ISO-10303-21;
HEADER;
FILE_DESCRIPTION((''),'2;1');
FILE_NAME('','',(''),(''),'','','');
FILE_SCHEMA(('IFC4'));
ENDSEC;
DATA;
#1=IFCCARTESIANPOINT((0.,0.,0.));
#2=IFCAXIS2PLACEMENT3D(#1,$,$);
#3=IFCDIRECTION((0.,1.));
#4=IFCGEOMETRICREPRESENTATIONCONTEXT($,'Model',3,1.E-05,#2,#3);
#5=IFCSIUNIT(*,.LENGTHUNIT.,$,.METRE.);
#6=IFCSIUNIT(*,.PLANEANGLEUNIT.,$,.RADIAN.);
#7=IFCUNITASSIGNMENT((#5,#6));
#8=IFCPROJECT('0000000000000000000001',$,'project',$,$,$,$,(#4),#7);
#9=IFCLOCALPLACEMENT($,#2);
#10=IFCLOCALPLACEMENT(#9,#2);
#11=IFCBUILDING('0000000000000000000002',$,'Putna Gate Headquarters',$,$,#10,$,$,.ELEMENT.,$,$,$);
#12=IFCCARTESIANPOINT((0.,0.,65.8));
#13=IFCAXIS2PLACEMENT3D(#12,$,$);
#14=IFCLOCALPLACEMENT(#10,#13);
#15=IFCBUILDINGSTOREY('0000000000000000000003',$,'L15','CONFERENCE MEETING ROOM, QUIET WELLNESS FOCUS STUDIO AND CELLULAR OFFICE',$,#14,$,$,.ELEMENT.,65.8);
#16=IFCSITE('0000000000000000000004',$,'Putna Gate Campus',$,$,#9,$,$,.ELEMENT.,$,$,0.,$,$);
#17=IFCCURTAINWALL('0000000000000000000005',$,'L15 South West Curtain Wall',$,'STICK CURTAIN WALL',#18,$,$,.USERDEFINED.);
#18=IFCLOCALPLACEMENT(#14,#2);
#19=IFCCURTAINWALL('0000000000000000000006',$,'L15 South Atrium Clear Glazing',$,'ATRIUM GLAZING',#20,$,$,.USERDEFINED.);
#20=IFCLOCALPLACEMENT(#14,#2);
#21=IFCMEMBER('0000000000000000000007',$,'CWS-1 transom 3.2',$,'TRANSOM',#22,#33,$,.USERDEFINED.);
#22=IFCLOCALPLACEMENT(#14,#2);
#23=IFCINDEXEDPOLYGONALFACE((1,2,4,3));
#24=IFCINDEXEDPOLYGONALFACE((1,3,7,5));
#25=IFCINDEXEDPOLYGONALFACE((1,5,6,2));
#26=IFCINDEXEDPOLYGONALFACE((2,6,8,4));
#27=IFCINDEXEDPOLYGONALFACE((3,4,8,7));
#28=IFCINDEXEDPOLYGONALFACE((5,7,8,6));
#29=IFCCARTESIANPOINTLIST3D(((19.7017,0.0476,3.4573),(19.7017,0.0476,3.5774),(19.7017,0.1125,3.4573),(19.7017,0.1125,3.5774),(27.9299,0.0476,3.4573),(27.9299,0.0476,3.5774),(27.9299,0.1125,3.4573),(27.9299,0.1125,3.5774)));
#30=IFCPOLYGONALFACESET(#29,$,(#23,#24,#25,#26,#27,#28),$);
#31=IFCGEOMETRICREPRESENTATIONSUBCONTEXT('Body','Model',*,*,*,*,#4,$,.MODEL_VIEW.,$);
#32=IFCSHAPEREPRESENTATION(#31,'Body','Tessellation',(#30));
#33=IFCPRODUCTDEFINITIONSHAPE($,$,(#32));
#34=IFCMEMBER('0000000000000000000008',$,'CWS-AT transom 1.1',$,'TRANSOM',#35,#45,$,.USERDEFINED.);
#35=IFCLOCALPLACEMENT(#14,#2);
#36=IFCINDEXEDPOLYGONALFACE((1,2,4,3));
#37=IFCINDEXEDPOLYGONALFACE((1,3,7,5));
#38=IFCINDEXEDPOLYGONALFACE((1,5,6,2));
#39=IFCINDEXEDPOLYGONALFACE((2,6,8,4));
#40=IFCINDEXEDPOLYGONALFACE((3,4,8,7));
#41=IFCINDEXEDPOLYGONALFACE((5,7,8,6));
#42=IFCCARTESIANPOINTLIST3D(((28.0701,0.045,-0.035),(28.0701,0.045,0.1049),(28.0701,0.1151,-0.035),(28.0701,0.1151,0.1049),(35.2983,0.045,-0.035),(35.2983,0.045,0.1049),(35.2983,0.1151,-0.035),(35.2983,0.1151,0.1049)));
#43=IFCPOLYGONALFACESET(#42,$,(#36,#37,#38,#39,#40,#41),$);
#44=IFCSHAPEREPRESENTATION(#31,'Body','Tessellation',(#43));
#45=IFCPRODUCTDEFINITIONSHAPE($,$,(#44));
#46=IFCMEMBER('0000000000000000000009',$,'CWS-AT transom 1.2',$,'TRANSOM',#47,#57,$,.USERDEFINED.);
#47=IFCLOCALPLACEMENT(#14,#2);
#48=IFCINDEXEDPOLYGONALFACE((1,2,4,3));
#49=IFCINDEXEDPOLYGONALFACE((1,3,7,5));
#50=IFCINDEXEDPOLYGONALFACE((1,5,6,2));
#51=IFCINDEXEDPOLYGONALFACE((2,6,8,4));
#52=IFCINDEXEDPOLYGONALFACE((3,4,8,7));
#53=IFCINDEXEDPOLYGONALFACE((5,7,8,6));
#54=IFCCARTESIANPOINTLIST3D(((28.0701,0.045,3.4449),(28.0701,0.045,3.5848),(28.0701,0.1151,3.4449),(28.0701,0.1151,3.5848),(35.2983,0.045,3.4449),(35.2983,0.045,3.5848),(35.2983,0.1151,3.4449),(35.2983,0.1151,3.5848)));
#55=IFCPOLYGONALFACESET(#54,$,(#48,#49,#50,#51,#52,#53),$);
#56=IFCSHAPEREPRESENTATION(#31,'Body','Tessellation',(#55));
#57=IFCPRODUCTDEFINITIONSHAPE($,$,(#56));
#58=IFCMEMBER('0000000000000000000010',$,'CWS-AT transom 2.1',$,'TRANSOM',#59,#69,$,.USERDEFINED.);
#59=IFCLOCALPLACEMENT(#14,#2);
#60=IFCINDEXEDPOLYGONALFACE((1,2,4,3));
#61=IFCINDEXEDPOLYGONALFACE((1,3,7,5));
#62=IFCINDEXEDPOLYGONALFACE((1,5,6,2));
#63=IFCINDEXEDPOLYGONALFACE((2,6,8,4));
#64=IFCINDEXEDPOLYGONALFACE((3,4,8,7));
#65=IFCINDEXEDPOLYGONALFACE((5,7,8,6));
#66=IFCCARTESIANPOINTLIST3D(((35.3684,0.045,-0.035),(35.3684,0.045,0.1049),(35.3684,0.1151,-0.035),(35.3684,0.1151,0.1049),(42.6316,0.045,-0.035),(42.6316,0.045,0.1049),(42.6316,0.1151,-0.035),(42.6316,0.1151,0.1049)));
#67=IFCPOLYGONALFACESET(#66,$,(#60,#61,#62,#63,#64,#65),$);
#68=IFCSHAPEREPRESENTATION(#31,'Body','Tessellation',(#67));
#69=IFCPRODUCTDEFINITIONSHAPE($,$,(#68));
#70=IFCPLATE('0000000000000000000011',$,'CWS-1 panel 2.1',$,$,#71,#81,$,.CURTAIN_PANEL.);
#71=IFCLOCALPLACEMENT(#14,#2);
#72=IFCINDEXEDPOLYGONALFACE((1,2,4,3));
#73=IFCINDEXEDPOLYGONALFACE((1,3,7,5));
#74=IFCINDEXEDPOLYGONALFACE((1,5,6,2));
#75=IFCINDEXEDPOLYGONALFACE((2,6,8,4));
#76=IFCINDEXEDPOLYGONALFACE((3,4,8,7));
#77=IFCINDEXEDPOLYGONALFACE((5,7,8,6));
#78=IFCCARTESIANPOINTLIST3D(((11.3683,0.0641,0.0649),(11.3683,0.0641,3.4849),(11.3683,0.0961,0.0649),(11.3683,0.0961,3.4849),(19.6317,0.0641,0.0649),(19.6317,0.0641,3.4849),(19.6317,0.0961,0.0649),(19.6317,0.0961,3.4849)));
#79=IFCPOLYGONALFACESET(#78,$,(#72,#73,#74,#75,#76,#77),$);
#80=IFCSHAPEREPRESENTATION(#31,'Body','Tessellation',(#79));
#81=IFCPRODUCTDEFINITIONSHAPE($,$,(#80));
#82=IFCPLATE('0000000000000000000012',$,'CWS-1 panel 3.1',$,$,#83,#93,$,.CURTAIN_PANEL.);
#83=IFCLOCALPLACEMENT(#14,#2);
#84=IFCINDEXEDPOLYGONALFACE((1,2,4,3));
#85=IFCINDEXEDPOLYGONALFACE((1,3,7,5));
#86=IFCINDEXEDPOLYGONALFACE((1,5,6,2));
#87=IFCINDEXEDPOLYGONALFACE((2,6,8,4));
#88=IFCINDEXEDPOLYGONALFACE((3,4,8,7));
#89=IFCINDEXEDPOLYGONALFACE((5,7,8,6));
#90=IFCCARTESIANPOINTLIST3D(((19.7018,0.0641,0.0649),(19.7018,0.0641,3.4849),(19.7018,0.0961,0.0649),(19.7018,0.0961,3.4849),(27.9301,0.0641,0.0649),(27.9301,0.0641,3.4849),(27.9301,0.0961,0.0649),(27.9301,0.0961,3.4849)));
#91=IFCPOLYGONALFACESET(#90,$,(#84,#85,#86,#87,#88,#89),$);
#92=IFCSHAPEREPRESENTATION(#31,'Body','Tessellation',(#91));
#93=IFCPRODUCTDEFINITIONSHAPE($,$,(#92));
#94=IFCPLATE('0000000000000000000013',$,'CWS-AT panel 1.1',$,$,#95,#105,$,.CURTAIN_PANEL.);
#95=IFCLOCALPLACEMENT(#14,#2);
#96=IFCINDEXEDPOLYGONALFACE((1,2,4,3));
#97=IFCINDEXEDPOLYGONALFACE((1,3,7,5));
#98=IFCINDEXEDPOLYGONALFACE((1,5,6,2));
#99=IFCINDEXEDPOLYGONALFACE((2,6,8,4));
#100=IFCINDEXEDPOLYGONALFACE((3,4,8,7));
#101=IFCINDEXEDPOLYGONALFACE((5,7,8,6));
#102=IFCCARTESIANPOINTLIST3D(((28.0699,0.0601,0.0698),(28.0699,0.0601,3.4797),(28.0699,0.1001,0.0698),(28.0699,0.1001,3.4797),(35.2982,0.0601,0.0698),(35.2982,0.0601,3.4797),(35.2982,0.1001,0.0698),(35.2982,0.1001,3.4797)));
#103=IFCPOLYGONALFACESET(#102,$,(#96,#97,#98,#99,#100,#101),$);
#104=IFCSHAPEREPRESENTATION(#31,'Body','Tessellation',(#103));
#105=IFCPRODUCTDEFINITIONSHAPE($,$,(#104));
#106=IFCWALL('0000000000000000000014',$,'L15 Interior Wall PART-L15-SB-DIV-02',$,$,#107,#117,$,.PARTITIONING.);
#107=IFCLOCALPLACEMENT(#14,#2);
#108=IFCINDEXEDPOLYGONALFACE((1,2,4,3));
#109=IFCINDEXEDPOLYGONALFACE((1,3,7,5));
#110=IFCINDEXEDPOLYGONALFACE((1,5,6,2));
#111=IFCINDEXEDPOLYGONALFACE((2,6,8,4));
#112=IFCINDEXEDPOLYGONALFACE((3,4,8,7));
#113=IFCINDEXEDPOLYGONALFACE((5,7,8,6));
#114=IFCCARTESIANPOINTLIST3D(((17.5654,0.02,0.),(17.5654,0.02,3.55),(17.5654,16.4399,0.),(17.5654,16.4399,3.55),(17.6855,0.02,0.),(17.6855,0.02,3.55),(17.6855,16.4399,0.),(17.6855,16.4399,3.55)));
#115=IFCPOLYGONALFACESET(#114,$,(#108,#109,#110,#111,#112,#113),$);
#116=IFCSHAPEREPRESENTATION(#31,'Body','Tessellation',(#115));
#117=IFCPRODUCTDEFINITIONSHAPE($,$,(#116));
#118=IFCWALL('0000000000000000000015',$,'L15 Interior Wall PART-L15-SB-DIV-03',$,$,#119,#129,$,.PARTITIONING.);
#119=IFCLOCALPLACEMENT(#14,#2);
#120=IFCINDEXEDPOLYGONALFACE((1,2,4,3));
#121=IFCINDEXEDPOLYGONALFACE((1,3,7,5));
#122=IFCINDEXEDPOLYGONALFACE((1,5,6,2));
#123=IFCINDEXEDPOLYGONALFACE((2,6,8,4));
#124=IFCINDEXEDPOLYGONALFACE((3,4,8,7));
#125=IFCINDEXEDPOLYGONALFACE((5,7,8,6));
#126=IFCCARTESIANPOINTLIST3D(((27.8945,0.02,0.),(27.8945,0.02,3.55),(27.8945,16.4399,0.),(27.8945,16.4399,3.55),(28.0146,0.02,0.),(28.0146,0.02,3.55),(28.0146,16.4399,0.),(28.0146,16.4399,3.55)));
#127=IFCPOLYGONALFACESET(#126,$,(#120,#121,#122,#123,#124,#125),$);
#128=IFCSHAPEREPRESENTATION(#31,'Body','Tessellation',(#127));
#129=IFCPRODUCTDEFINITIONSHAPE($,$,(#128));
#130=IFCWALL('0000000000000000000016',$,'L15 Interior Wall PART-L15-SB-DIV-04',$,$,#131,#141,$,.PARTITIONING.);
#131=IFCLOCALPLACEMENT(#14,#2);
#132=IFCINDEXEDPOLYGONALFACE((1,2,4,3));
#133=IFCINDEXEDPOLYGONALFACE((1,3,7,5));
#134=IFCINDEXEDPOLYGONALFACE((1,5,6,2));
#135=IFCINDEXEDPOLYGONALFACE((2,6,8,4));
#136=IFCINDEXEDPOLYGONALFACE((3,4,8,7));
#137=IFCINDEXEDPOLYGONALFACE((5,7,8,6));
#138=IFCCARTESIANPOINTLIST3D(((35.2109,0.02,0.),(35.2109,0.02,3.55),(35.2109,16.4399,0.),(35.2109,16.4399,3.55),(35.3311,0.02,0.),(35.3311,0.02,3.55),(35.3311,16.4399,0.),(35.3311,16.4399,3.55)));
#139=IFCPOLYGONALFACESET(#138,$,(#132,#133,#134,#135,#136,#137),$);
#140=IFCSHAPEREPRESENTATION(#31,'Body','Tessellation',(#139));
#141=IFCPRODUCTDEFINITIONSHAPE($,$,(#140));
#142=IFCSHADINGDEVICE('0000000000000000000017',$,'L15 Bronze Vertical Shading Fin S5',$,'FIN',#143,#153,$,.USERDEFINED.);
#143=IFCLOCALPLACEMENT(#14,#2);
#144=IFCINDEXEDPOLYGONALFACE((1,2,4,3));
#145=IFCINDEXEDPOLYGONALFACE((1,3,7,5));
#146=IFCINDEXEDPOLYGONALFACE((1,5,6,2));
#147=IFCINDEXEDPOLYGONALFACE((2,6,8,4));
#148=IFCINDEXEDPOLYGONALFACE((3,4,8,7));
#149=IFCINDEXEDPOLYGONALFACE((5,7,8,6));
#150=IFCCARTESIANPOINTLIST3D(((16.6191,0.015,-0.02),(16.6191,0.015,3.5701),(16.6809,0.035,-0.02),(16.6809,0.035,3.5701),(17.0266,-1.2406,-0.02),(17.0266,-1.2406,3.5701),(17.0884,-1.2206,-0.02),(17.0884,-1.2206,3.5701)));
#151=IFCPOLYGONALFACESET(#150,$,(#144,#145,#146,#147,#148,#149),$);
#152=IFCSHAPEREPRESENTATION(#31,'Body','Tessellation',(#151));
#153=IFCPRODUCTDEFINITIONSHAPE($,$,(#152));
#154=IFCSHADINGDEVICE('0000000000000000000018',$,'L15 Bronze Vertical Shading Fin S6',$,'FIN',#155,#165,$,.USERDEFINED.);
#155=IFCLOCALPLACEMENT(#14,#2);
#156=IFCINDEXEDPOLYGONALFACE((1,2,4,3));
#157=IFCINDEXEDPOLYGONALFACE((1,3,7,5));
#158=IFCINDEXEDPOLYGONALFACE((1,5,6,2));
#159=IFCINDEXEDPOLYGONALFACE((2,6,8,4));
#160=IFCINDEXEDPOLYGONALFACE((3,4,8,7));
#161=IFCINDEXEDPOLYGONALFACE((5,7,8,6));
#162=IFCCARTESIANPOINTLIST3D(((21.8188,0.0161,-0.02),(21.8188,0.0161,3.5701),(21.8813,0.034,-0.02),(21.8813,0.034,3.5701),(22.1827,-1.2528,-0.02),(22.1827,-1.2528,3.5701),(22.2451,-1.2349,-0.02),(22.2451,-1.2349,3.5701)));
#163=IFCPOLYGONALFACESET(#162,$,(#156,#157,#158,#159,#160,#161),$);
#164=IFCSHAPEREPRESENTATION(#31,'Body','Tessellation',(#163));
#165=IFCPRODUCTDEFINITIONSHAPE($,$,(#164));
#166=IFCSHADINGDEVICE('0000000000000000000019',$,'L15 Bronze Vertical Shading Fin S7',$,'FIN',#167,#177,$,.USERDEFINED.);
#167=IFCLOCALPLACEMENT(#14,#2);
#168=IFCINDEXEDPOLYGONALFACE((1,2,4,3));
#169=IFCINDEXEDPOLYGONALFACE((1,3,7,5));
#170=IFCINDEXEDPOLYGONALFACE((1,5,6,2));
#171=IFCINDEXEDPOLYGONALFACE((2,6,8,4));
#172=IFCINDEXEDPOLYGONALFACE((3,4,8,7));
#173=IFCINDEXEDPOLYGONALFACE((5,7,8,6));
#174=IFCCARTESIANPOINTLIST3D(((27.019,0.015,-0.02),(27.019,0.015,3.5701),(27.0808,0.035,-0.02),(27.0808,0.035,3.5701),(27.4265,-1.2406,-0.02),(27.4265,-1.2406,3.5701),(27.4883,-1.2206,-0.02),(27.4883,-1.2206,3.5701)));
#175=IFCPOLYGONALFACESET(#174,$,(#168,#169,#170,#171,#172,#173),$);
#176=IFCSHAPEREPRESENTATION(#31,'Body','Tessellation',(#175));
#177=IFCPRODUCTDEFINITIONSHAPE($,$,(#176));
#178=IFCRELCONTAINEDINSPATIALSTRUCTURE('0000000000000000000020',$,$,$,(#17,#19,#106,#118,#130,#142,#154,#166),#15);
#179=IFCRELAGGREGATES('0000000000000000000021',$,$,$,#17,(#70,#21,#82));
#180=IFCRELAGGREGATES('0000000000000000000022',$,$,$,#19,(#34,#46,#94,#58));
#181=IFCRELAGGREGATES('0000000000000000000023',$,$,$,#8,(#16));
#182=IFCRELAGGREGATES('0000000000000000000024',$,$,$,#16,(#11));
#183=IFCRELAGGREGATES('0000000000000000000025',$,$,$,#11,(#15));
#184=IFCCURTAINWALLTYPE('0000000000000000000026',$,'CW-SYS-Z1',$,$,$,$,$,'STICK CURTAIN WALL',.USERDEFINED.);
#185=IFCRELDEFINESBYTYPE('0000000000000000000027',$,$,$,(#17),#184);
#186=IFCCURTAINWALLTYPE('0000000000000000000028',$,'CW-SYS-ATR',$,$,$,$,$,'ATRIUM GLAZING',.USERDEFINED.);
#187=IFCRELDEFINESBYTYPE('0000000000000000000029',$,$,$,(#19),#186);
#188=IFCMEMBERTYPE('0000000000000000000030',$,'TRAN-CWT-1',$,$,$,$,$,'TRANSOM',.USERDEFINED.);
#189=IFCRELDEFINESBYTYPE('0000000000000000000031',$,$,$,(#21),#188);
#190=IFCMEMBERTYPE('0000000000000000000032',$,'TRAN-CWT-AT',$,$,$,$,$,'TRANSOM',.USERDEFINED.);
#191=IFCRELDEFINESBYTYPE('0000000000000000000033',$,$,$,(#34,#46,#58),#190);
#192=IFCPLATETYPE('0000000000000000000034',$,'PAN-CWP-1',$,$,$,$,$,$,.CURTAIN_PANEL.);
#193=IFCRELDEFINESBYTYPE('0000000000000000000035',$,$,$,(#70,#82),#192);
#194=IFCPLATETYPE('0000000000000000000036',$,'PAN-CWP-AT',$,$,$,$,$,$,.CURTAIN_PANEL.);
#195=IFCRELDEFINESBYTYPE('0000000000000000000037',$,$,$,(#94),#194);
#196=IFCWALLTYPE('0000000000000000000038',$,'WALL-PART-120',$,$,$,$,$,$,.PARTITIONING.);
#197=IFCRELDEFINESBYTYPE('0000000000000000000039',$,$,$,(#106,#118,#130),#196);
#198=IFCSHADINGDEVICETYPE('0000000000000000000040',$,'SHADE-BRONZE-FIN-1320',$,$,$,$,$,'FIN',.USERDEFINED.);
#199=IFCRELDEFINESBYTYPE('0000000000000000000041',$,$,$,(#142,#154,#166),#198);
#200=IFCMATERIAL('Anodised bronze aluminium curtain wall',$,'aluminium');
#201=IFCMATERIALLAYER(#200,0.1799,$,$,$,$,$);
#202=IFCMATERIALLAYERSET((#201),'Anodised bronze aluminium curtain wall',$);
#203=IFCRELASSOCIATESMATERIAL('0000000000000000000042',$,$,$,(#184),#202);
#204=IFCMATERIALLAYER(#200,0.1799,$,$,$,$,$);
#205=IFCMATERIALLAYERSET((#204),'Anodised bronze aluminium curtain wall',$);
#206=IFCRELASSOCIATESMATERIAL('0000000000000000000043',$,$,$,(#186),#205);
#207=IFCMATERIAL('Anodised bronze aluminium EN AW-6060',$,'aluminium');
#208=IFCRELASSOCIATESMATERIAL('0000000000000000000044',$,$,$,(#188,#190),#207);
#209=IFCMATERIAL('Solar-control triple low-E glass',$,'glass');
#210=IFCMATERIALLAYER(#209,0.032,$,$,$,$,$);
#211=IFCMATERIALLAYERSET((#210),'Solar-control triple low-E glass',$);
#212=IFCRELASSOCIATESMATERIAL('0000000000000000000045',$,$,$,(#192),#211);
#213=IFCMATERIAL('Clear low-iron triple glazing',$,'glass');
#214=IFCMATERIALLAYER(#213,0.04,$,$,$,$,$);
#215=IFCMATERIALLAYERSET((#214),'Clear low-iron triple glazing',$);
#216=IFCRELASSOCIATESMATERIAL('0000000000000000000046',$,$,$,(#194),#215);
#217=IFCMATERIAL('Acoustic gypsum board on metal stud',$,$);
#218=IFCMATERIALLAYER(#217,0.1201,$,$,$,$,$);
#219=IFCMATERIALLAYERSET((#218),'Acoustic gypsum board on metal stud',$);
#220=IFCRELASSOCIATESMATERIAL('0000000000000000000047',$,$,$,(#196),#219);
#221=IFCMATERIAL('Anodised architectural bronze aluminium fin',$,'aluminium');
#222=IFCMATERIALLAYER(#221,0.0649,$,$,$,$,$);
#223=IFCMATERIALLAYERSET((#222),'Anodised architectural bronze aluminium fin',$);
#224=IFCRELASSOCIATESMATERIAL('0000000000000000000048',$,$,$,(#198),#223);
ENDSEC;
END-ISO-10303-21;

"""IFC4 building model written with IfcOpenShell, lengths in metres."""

from ifc_helpers import new_model, si_unit, direction, frame, frame_2d, origin, origin_2d, place, context, subcontext, project, spatial, rectangle, extrude, material, layer, layer_set, material_profile, profile_set, type_object, element, aggregate, save


model = new_model("IFC4")

# Units and contexts
model_context = context("Model", 3, precision=1e-05, world=origin(), true_north=direction((0.0, 1.0)))
body_context = subcontext(model_context, "Body", "Model", "MODEL_VIEW")
ifc_project = project(units=[si_unit("LENGTHUNIT", "METRE"), si_unit("PLANEANGLEUNIT", "RADIAN")], contexts=[model_context])

# Site, building, storey
site_placement = place(None, origin())
site = spatial("IfcSite", under=ifc_project, at=site_placement, Name="Putna Gate Campus", CompositionType="ELEMENT", RefElevation=0.0)
building_placement = place(site_placement, origin())
building = spatial("IfcBuilding", under=site, at=building_placement, Name="Putna Gate Headquarters", CompositionType="ELEMENT")
storey_placement = place(building_placement, frame((0.0, 0.0, 65.8)))
storey = spatial("IfcBuildingStorey", under=building, at=storey_placement, Name="L15", Description="CONFERENCE MEETING ROOM, QUIET WELLNESS FOCUS STUDIO AND CELLULAR OFFICE", CompositionType="ELEMENT", Elevation=65.8)

# Curtain walls
ifc_material_1 = material(Name="Anodised bronze aluminium curtain wall", Category="aluminium")
ifc_layer_1 = layer(ifc_material_1, 0.1799)
ifc_layer_set_1 = layer_set([ifc_layer_1], Name="Anodised bronze aluminium curtain wall")
curtain_wall_type_1 = type_object("IfcCurtainWallType", Name="CW-SYS-Z1", ElementType="STICK CURTAIN WALL", PredefinedType="USERDEFINED", material=ifc_layer_set_1)
curtain_wall_1_placement = place(storey_placement, origin())
curtain_wall_1 = element("IfcCurtainWall", 1, at=curtain_wall_1_placement, inside=storey, type_object=curtain_wall_type_1, Name="L15 South West Curtain Wall", ObjectType="STICK CURTAIN WALL", PredefinedType="USERDEFINED")
ifc_material_2 = material(Name="Anodised bronze aluminium EN AW-6060", Category="aluminium")
ifc_layer_2 = layer(ifc_material_1, 0.1799)
ifc_layer_set_2 = layer_set([ifc_layer_2], Name="Anodised bronze aluminium curtain wall")
curtain_wall_type_2 = type_object("IfcCurtainWallType", Name="CW-SYS-ATR", ElementType="ATRIUM GLAZING", PredefinedType="USERDEFINED", material=ifc_layer_set_2)
curtain_wall_2_placement = place(storey_placement, origin())
curtain_wall_2 = element("IfcCurtainWall", 2, at=curtain_wall_2_placement, inside=storey, type_object=curtain_wall_type_2, Name="L15 South Atrium Clear Glazing", ObjectType="ATRIUM GLAZING", PredefinedType="USERDEFINED")

# Members
ifc_material_profile_1 = material_profile(ifc_material_2, rectangle(XDim=0.0649, YDim=0.1201, at=origin_2d()), Name="Anodised bronze aluminium EN AW-6060")
ifc_profile_set_1 = profile_set([ifc_material_profile_1], Name="Anodised bronze aluminium EN AW-6060")
member_type_1 = type_object("IfcMemberType", Name="TRAN-CWT-1", ElementType="TRANSOM", PredefinedType="USERDEFINED", material=ifc_profile_set_1)
member_1_placement = place(storey_placement, frame((19.7017, 0.0801, 3.5173), z_axis=(1.0, 0.0, 0.0), x_axis=(0.0, 1.0, 0.0)))
member_1 = element("IfcMember", 3, at=member_1_placement, type_object=member_type_1, Name="CWS-1 transom 3.2", ObjectType="TRANSOM", PredefinedType="USERDEFINED", context=body_context, shape_type="SweptSolid", body=[
    extrude(rectangle(XDim=0.0649, YDim=0.1201, at=origin_2d()), origin(), (0.0, 0.0, 1.0), 8.2283),
])
ifc_material_profile_2 = material_profile(ifc_material_2, rectangle(XDim=0.0701, YDim=0.1399, at=origin_2d()), Name="Anodised bronze aluminium EN AW-6060")
ifc_profile_set_2 = profile_set([ifc_material_profile_2], Name="Anodised bronze aluminium EN AW-6060")
member_type_2 = type_object("IfcMemberType", Name="TRAN-CWT-AT", ElementType="TRANSOM", PredefinedType="USERDEFINED", material=ifc_profile_set_2)
member_2_placement = place(storey_placement, frame((28.0701, 0.0801, 0.0349), z_axis=(1.0, 0.0, 0.0), x_axis=(0.0, 1.0, 0.0)))
member_2 = element("IfcMember", 4, at=member_2_placement, type_object=member_type_2, Name="CWS-AT transom 1.1", ObjectType="TRANSOM", PredefinedType="USERDEFINED", context=body_context, shape_type="SweptSolid", body=[
    extrude(rectangle(XDim=0.0701, YDim=0.1399, at=origin_2d()), origin(), (0.0, 0.0, 1.0), 7.2283),
])
member_3_placement = place(storey_placement, frame((28.0701, 0.0801, 3.5149), z_axis=(1.0, 0.0, 0.0), x_axis=(0.0, 1.0, 0.0)))
member_3 = element("IfcMember", 5, at=member_3_placement, type_object=member_type_2, Name="CWS-AT transom 1.2", ObjectType="TRANSOM", PredefinedType="USERDEFINED", context=body_context, shape_type="SweptSolid", body=[
    extrude(rectangle(XDim=0.0701, YDim=0.1399, at=origin_2d()), origin(), (0.0, 0.0, 1.0), 7.2283),
])
member_4_placement = place(storey_placement, frame((35.3684, 0.0801, 0.0349), z_axis=(1.0, 0.0, 0.0), x_axis=(0.0, 1.0, 0.0)))
member_4 = element("IfcMember", 6, at=member_4_placement, type_object=member_type_2, Name="CWS-AT transom 2.1", ObjectType="TRANSOM", PredefinedType="USERDEFINED", context=body_context, shape_type="SweptSolid", body=[
    extrude(rectangle(XDim=0.0701, YDim=0.1399, at=origin_2d()), origin(), (0.0, 0.0, 1.0), 7.2632),
])

# Plates
ifc_material_3 = material(Name="Solar-control triple low-E glass", Category="glass")
ifc_layer_3 = layer(ifc_material_3, 0.032)
ifc_layer_set_3 = layer_set([ifc_layer_3], Name="Solar-control triple low-E glass")
plate_type_1 = type_object("IfcPlateType", Name="PAN-CWP-1", PredefinedType="CURTAIN_PANEL", material=ifc_layer_set_3)
plate_1_placement = place(storey_placement, frame((15.5, 0.0801, 0.0649), z_axis=(0.0, 0.0, 1.0), x_axis=(1.0, 0.0, 0.0)))
plate_1 = element("IfcPlate", 7, at=plate_1_placement, type_object=plate_type_1, Name="CWS-1 panel 2.1", PredefinedType="CURTAIN_PANEL", context=body_context, shape_type="SweptSolid", body=[
    extrude(rectangle(XDim=8.2634, YDim=0.032, at=origin_2d()), origin(), (0.0, 0.0, 1.0), 3.4199),
])
plate_2_placement = place(storey_placement, frame((23.8159, 0.0801, 0.0649), z_axis=(0.0, 0.0, 1.0), x_axis=(1.0, 0.0, 0.0)))
plate_2 = element("IfcPlate", 8, at=plate_2_placement, type_object=plate_type_1, Name="CWS-1 panel 3.1", PredefinedType="CURTAIN_PANEL", context=body_context, shape_type="SweptSolid", body=[
    extrude(rectangle(XDim=8.2283, YDim=0.032, at=origin_2d()), origin(), (0.0, 0.0, 1.0), 3.4199),
])
aggregate(curtain_wall_1, [plate_1, member_1, plate_2])
ifc_material_4 = material(Name="Clear low-iron triple glazing", Category="glass")
ifc_layer_4 = layer(ifc_material_4, 0.04)
ifc_layer_set_4 = layer_set([ifc_layer_4], Name="Clear low-iron triple glazing")
plate_type_2 = type_object("IfcPlateType", Name="PAN-CWP-AT", PredefinedType="CURTAIN_PANEL", material=ifc_layer_set_4)
plate_3_placement = place(storey_placement, frame((31.6841, 0.0801, 0.0698), z_axis=(0.0, 0.0, 1.0), x_axis=(1.0, 0.0, 0.0)))
plate_3 = element("IfcPlate", 9, at=plate_3_placement, type_object=plate_type_2, Name="CWS-AT panel 1.1", PredefinedType="CURTAIN_PANEL", context=body_context, shape_type="SweptSolid", body=[
    extrude(rectangle(XDim=7.2283, YDim=0.04, at=origin_2d()), origin(), (0.0, 0.0, 1.0), 3.4099),
])
aggregate(curtain_wall_2, [member_2, member_3, plate_3, member_4])

# Walls
ifc_material_5 = material(Name="Acoustic gypsum board on metal stud")
ifc_layer_5 = layer(ifc_material_5, 0.1201)
ifc_layer_set_5 = layer_set([ifc_layer_5], Name="Acoustic gypsum board on metal stud")
wall_type = type_object("IfcWallType", Name="WALL-PART-120", PredefinedType="PARTITIONING", material=ifc_layer_set_5)
for number, where, z_axis, x_axis, name in (
    (10, (17.6255, 0.02, 0.0), (0.0, 0.0, 1.0), (0.0, 1.0, 0.0), "L15 Interior Wall PART-L15-SB-DIV-02"),
    (11, (27.9546, 0.02, 0.0), (0.0, 0.0, 1.0), (0.0, 1.0, 0.0), "L15 Interior Wall PART-L15-SB-DIV-03"),
    (12, (35.271, 0.02, 0.0), (0.0, 0.0, 1.0), (0.0, 1.0, 0.0), "L15 Interior Wall PART-L15-SB-DIV-04"),
):
    element("IfcWall", number, at=place(storey_placement, frame(where, z_axis=z_axis, x_axis=x_axis)), inside=storey, type_object=wall_type, Name=name, PredefinedType="PARTITIONING", context=body_context, shape_type="SweptSolid", body=[
        extrude(rectangle(XDim=16.4199, YDim=0.1201, at=frame_2d((8.21, 0.0))), origin(), (0.0, 0.0, 1.0), 3.55),
    ])

# Shading devices
ifc_material_6 = material(Name="Anodised architectural bronze aluminium fin", Category="aluminium")
ifc_layer_6 = layer(ifc_material_6, 0.0649)
ifc_layer_set_6 = layer_set([ifc_layer_6], Name="Anodised architectural bronze aluminium fin")
shading_device_type = type_object("IfcShadingDeviceType", Name="SHADE-BRONZE-FIN-1320", ElementType="FIN", PredefinedType="USERDEFINED", material=ifc_layer_set_6)
for number, where, z_axis, x_axis, name in (
    (13, (16.8538, -0.6028, -0.02), (0.0, 0.0, 1.0), (0.308685, -0.951164, 0.0), "L15 Bronze Vertical Shading Fin S5"),
    (14, (22.032, -0.6094, -0.02), (0.0, 0.0, 1.0), (0.275637, -0.961262, 0.0), "L15 Bronze Vertical Shading Fin S6"),
    (15, (27.2537, -0.6028, -0.02), (0.0, 0.0, 1.0), (0.308685, -0.951164, 0.0), "L15 Bronze Vertical Shading Fin S7"),
):
    element("IfcShadingDevice", number, at=place(storey_placement, frame(where, z_axis=z_axis, x_axis=x_axis)), inside=storey, type_object=shading_device_type, Name=name, ObjectType="FIN", PredefinedType="USERDEFINED", context=body_context, shape_type="SweptSolid", body=[
        extrude(rectangle(XDim=1.3201, YDim=0.0649, at=origin_2d()), origin(), (0.0, 0.0, 1.0), 3.5901),
    ])

save(model, "model.ifc")
